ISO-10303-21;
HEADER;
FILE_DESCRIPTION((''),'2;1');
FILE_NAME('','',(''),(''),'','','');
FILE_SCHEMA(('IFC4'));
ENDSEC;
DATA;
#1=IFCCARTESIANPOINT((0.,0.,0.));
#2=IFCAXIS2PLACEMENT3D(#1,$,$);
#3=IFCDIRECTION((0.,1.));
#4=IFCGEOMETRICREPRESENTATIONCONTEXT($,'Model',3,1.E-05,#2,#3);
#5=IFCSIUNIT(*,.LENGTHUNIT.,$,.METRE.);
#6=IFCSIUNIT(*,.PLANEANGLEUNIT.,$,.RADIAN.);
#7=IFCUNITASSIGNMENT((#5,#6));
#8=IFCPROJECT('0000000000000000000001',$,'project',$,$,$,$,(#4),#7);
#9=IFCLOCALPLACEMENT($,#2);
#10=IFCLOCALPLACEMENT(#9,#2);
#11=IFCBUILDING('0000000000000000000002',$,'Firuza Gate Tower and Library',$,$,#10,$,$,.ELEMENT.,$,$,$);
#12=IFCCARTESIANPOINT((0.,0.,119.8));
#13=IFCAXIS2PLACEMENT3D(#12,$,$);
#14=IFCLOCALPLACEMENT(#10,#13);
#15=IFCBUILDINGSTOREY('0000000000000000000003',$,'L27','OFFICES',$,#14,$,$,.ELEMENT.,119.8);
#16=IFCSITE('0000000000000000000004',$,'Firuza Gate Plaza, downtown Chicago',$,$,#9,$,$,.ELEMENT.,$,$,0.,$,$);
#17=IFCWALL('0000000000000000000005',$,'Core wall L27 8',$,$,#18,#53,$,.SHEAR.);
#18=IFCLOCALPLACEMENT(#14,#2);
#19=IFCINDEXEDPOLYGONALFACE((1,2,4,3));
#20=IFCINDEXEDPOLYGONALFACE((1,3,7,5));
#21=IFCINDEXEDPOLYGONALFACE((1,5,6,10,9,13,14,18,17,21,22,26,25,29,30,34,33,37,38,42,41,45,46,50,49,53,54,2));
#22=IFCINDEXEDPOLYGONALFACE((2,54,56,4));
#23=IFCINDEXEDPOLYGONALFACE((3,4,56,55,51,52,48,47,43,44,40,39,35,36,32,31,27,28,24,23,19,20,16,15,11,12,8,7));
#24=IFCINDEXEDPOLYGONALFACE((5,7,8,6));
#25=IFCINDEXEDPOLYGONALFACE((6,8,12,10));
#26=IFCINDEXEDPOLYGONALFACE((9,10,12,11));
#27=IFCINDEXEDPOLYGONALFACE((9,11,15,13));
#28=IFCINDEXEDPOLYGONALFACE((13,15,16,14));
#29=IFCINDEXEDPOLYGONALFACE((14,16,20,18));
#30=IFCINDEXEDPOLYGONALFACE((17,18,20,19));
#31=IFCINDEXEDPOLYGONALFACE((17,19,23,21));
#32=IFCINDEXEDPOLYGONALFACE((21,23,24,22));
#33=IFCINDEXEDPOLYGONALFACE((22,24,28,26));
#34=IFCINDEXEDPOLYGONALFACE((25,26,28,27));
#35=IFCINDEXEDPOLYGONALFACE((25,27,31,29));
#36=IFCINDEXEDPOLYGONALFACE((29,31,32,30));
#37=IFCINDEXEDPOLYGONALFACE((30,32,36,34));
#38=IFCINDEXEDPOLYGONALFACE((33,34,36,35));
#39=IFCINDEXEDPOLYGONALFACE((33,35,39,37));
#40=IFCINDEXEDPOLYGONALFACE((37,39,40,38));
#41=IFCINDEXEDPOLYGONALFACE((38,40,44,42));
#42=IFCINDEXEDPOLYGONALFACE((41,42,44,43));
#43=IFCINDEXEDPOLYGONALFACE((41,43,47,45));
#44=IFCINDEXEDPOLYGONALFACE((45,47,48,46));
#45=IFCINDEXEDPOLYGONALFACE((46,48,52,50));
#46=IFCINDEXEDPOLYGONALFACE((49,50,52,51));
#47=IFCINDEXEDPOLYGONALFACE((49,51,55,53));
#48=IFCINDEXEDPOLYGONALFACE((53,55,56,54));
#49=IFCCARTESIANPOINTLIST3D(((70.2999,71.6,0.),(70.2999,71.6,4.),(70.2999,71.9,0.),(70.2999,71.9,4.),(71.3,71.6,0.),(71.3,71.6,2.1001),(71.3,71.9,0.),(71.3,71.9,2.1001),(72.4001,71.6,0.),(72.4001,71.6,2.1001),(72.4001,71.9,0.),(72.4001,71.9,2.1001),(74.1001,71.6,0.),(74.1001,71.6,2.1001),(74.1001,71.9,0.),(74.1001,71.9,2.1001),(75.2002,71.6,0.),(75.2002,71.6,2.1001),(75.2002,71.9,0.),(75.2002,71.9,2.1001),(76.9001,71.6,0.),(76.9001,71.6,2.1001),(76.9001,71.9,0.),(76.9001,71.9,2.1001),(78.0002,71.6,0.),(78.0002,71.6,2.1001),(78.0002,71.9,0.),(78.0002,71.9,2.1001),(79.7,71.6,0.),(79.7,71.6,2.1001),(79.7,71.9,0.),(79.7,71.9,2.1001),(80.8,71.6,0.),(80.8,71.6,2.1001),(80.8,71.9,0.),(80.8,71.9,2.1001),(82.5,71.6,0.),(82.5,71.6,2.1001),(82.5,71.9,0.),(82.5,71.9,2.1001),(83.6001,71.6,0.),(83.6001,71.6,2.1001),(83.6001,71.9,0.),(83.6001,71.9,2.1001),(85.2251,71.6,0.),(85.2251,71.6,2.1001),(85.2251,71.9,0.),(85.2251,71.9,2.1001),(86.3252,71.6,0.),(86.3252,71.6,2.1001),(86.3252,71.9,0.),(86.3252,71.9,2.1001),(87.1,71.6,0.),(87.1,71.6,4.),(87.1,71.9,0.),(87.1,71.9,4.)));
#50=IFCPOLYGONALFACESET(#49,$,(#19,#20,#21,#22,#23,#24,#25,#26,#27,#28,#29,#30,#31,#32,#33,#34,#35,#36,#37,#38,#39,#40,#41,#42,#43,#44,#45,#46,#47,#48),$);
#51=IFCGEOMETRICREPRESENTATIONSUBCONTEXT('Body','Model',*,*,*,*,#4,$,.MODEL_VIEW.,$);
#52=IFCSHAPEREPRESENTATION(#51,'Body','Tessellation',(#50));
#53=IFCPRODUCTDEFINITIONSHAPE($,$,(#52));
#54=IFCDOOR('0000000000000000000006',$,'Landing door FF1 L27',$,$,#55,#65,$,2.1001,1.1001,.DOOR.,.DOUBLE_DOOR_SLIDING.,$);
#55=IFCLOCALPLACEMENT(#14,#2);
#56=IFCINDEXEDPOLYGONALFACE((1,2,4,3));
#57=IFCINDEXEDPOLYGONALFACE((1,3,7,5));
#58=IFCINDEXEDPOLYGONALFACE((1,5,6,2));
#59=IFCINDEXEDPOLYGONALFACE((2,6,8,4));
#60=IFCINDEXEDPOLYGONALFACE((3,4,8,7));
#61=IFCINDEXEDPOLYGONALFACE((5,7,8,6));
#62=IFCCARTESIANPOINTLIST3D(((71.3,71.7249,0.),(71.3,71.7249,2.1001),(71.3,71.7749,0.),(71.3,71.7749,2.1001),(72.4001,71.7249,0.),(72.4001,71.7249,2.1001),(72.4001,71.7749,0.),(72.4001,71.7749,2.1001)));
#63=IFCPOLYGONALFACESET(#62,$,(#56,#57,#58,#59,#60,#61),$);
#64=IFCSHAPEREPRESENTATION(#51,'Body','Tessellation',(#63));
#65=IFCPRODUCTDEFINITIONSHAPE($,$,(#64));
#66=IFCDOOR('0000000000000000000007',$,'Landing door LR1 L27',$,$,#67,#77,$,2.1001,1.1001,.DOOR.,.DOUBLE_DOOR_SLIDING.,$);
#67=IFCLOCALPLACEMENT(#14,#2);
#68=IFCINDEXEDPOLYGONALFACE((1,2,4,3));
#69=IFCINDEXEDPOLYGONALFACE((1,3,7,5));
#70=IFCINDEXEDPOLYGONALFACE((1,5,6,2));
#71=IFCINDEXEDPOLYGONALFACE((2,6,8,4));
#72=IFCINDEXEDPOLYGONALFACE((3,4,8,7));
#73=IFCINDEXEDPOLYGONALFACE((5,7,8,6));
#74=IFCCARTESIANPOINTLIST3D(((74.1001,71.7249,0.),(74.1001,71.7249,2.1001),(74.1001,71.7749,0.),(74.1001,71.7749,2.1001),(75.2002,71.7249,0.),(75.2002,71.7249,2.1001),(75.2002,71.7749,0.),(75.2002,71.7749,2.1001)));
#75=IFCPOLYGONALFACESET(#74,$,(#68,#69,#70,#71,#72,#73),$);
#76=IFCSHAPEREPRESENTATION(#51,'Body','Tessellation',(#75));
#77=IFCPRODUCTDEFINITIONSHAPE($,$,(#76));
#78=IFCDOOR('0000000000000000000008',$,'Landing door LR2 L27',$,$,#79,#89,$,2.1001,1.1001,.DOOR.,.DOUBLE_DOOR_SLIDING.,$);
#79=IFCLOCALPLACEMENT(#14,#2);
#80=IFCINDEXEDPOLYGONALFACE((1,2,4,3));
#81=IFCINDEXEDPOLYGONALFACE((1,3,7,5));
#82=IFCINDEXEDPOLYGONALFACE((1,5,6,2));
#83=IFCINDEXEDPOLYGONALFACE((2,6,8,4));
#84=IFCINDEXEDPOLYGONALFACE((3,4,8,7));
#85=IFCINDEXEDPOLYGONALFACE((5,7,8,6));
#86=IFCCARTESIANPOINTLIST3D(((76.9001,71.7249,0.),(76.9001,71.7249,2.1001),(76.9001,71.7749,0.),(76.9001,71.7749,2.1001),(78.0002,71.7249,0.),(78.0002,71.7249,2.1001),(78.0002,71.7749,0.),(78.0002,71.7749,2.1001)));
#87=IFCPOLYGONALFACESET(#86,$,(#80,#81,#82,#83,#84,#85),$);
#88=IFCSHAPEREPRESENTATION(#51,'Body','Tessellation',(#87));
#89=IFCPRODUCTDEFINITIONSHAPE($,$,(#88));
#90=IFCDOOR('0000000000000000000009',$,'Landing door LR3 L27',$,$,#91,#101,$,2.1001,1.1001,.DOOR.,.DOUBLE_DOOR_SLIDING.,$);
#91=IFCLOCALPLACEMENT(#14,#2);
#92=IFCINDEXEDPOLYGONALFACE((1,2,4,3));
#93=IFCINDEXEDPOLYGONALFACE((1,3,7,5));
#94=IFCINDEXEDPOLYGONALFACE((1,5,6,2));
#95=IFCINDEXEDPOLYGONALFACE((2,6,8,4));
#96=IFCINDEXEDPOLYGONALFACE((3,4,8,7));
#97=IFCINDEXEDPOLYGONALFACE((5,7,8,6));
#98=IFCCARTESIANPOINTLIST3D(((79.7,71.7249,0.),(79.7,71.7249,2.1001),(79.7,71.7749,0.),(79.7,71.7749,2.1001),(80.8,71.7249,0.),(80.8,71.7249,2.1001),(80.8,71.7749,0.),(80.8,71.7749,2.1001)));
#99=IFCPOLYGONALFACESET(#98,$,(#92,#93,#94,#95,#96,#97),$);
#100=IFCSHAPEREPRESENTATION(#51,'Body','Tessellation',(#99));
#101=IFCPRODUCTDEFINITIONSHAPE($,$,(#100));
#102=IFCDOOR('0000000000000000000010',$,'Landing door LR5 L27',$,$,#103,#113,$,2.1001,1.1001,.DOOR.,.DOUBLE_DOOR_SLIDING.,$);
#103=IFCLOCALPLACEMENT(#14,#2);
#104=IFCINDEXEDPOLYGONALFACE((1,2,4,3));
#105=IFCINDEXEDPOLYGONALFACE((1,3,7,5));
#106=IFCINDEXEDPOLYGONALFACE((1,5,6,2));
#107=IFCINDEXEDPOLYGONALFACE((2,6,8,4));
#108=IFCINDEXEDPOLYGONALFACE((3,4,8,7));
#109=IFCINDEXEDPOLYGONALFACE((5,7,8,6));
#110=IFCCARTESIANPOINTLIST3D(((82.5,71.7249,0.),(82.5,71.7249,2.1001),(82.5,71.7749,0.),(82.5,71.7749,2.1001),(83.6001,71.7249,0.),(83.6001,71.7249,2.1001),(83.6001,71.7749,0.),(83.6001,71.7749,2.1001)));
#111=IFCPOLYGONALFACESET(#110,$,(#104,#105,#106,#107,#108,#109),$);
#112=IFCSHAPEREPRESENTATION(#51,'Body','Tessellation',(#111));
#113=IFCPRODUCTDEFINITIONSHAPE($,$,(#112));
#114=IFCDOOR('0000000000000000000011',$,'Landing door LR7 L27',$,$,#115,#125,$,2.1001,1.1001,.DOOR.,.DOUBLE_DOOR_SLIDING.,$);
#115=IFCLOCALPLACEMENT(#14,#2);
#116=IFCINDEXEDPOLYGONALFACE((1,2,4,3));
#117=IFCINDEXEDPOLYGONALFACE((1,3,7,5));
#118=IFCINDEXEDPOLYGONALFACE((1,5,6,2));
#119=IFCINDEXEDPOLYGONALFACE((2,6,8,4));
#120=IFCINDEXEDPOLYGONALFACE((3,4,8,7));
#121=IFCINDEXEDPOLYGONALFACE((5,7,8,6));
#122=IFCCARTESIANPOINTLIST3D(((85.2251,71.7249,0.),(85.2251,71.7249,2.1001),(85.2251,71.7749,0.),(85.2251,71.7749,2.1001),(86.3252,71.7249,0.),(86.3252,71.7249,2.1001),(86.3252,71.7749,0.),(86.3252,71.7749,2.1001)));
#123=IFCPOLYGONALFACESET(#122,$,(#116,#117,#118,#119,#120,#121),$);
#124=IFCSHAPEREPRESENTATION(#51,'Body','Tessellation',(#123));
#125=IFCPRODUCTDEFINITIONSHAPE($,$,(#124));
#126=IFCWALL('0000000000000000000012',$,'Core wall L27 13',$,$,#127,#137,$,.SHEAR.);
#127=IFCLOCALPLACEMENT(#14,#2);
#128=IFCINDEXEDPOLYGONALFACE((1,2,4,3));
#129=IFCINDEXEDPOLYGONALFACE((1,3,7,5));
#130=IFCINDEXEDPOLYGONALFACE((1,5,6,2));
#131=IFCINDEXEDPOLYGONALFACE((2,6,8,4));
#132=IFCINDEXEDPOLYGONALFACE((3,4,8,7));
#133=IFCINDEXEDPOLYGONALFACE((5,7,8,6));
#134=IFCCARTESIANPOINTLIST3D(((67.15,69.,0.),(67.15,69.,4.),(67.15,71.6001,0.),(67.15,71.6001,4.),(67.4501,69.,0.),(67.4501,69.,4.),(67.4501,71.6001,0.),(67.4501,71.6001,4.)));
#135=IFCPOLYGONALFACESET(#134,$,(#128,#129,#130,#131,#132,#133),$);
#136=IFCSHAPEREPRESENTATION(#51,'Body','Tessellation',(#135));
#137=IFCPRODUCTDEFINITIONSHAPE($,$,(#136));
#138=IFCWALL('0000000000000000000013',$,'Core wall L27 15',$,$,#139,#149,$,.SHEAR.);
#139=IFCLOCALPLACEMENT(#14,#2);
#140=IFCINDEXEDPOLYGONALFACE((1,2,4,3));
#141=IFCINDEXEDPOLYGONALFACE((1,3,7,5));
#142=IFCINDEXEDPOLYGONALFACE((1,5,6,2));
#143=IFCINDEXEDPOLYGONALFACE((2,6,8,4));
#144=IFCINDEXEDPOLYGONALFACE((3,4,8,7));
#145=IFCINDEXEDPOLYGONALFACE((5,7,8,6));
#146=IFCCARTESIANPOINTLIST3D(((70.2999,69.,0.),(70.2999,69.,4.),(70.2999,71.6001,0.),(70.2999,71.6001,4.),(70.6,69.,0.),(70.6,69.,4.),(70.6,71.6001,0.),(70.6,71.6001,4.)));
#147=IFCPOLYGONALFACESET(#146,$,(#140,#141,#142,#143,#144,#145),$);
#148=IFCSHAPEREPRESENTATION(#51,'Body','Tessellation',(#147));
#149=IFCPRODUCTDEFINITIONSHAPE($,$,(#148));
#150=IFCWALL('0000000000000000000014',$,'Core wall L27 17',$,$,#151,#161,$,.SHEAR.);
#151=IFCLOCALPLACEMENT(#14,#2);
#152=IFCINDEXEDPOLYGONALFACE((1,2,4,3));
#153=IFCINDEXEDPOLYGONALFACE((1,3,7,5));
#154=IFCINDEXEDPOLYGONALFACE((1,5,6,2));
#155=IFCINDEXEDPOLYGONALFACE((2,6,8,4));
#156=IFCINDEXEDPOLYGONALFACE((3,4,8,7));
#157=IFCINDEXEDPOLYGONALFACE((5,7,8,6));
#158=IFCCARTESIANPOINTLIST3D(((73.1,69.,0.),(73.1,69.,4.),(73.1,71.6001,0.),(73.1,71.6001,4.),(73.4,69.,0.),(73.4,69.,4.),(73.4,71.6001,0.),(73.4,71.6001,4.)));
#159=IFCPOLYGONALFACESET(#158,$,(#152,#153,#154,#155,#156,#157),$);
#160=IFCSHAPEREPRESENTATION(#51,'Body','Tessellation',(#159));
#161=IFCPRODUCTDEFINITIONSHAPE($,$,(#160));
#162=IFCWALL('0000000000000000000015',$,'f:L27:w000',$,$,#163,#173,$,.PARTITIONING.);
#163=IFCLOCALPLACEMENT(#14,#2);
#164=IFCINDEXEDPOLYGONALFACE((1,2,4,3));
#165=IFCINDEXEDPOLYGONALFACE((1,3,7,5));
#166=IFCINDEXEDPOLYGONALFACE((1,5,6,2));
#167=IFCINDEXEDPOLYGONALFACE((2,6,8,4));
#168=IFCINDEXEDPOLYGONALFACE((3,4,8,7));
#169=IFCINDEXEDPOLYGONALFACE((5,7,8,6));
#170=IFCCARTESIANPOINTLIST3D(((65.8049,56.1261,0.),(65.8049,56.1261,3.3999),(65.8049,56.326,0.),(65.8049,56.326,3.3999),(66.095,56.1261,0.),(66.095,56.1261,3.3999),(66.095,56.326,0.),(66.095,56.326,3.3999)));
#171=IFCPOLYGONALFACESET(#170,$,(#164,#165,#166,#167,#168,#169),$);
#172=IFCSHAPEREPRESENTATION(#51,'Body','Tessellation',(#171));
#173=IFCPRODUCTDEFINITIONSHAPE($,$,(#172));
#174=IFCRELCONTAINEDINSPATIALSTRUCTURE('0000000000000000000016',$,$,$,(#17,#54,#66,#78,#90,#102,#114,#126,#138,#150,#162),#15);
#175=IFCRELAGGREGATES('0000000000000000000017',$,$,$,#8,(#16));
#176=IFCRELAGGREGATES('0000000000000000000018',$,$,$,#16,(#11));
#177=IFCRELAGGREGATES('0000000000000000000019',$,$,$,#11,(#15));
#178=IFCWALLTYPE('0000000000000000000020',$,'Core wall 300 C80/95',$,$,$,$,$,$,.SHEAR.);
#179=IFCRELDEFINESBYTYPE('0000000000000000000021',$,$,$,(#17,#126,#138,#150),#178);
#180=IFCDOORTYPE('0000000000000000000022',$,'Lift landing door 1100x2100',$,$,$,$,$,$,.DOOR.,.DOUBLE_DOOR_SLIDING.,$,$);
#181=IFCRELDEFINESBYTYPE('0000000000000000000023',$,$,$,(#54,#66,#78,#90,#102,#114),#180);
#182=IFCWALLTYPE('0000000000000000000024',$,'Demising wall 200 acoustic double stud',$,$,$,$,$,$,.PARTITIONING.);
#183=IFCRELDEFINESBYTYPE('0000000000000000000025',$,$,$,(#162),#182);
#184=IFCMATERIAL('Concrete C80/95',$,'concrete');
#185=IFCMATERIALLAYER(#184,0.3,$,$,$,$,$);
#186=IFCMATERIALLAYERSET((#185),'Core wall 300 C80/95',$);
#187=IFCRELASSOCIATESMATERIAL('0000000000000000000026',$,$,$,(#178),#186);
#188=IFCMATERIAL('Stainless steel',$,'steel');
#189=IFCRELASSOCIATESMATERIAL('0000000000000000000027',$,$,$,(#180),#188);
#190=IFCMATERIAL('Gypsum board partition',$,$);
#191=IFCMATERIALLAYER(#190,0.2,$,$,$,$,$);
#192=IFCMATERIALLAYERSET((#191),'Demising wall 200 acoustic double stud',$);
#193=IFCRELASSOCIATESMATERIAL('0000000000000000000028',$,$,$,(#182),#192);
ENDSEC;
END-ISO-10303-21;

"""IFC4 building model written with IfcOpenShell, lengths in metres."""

from ifc_helpers import new_model, si_unit, direction, frame, frame_2d, origin, place, context, subcontext, project, spatial, rectangle, extrude, material, layer, layer_set, type_object, element, fill, save


model = new_model("IFC4")

# Units and contexts
model_context = context("Model", 3, precision=1e-05, world=origin(), true_north=direction((0.0, 1.0)))
body_context = subcontext(model_context, "Body", "Model", "MODEL_VIEW")
ifc_project = project(units=[si_unit("LENGTHUNIT", "METRE"), si_unit("PLANEANGLEUNIT", "RADIAN")], contexts=[model_context])

# Site, building, storey
site_placement = place(None, origin())
site = spatial("IfcSite", under=ifc_project, at=site_placement, Name="Firuza Gate Plaza, downtown Chicago", CompositionType="ELEMENT", RefElevation=0.0)
building_placement = place(site_placement, origin())
building = spatial("IfcBuilding", under=site, at=building_placement, Name="Firuza Gate Tower and Library", CompositionType="ELEMENT")
storey_placement = place(building_placement, frame((0.0, 0.0, 119.8)))
storey = spatial("IfcBuildingStorey", under=building, at=storey_placement, Name="L27", Description="OFFICES", CompositionType="ELEMENT", Elevation=119.8)

# Shared definitions
ifc_material_1 = material(Name="Concrete C80/95", Category="concrete")
ifc_layer_1 = layer(ifc_material_1, 0.3)
ifc_layer_set_1 = layer_set([ifc_layer_1], Name="Core wall 300 C80/95")
wall_type_1 = type_object("IfcWallType", Name="Core wall 300 C80/95", PredefinedType="SHEAR", material=ifc_layer_set_1)

# Wall, openings, doors
wall_1_placement = place(storey_placement, frame((70.3, 71.75, 0.0), z_axis=(0.0, 0.0, 1.0), x_axis=(1.0, 0.0, 0.0)))
wall_1 = element("IfcWall", 1, at=wall_1_placement, inside=storey, type_object=wall_type_1, Name="Core wall L27 8", PredefinedType="SHEAR", context=body_context, shape_type="SweptSolid", body=[
    extrude(rectangle(XDim=16.8, YDim=0.3, at=frame_2d((8.3999, 0.0))), origin(), (0.0, 0.0, 1.0), 4.0),
])
opening_1_placement = place(wall_1_placement, frame((1.0, 0.0, 0.0)))
opening_1 = element("IfcOpeningElement", 2, at=opening_1_placement, cuts=wall_1, PredefinedType="OPENING", context=body_context, shape_type="SweptSolid", body=[
    extrude(rectangle(XDim=1.1001, YDim=2.1001, at=frame_2d((0.55, 1.05))), frame((0.0, 0.1602, 0.0), z_axis=(0.0, -1.0, 0.0), x_axis=(1.0, 0.0, 0.0)), (0.0, 0.0, 1.0), 0.3201),
])
opening_2_placement = place(wall_1_placement, frame((3.8, 0.0, 0.0)))
opening_2 = element("IfcOpeningElement", 3, at=opening_2_placement, cuts=wall_1, PredefinedType="OPENING", context=body_context, shape_type="SweptSolid", body=[
    extrude(rectangle(XDim=1.1001, YDim=2.1001, at=frame_2d((0.55, 1.05))), frame((0.0, 0.1602, 0.0), z_axis=(0.0, -1.0, 0.0), x_axis=(1.0, 0.0, 0.0)), (0.0, 0.0, 1.0), 0.3201),
])
opening_3_placement = place(wall_1_placement, frame((6.6001, 0.0, 0.0)))
opening_3 = element("IfcOpeningElement", 4, at=opening_3_placement, cuts=wall_1, PredefinedType="OPENING", context=body_context, shape_type="SweptSolid", body=[
    extrude(rectangle(XDim=1.1001, YDim=2.1001, at=frame_2d((0.55, 1.05))), frame((0.0, 0.1602, 0.0), z_axis=(0.0, -1.0, 0.0), x_axis=(1.0, 0.0, 0.0)), (0.0, 0.0, 1.0), 0.3201),
])
opening_4_placement = place(wall_1_placement, frame((9.3999, 0.0, 0.0)))
opening_4 = element("IfcOpeningElement", 5, at=opening_4_placement, cuts=wall_1, PredefinedType="OPENING", context=body_context, shape_type="SweptSolid", body=[
    extrude(rectangle(XDim=1.1001, YDim=2.1001, at=frame_2d((0.55, 1.05))), frame((0.0, 0.1602, 0.0), z_axis=(0.0, -1.0, 0.0), x_axis=(1.0, 0.0, 0.0)), (0.0, 0.0, 1.0), 0.3201),
])
opening_5_placement = place(wall_1_placement, frame((12.2, 0.0, 0.0)))
opening_5 = element("IfcOpeningElement", 6, at=opening_5_placement, cuts=wall_1, PredefinedType="OPENING", context=body_context, shape_type="SweptSolid", body=[
    extrude(rectangle(XDim=1.1001, YDim=2.1001, at=frame_2d((0.55, 1.05))), frame((0.0, 0.1602, 0.0), z_axis=(0.0, -1.0, 0.0), x_axis=(1.0, 0.0, 0.0)), (0.0, 0.0, 1.0), 0.3201),
])
opening_6_placement = place(wall_1_placement, frame((14.925, 0.0, 0.0)))
opening_6 = element("IfcOpeningElement", 7, at=opening_6_placement, cuts=wall_1, PredefinedType="OPENING", context=body_context, shape_type="SweptSolid", body=[
    extrude(rectangle(XDim=1.1001, YDim=2.1001, at=frame_2d((0.55, 1.05))), frame((0.0, 0.1602, 0.0), z_axis=(0.0, -1.0, 0.0), x_axis=(1.0, 0.0, 0.0)), (0.0, 0.0, 1.0), 0.3201),
])
ifc_material_2 = material(Name="Stainless steel", Category="steel")
door_type = type_object("IfcDoorType", Name="Lift landing door 1100x2100", OperationType="DOUBLE_DOOR_SLIDING", PredefinedType="DOOR", material=ifc_material_2)
door_1_placement = place(opening_1_placement, origin())
door_1 = element("IfcDoor", 8, at=door_1_placement, inside=storey, type_object=door_type, Name="Landing door FF1 L27", OperationType="DOUBLE_DOOR_SLIDING", OverallHeight=2.1001, OverallWidth=1.1001, PredefinedType="DOOR", context=body_context, shape_type="SweptSolid", body=[
    extrude(rectangle(XDim=1.1001, YDim=2.1001, at=frame_2d((0.55, 1.05))), frame((0.0, 0.0249, 0.0), z_axis=(0.0, -1.0, 0.0), x_axis=(1.0, 0.0, 0.0)), (0.0, 0.0, 1.0), 0.05),
])
fill(opening_1, door_1)
door_2_placement = place(opening_2_placement, origin())
door_2 = element("IfcDoor", 9, at=door_2_placement, inside=storey, type_object=door_type, Name="Landing door LR1 L27", OperationType="DOUBLE_DOOR_SLIDING", OverallHeight=2.1001, OverallWidth=1.1001, PredefinedType="DOOR", context=body_context, shape_type="SweptSolid", body=[
    extrude(rectangle(XDim=1.1001, YDim=2.1001, at=frame_2d((0.55, 1.05))), frame((0.0, 0.0249, 0.0), z_axis=(0.0, -1.0, 0.0), x_axis=(1.0, 0.0, 0.0)), (0.0, 0.0, 1.0), 0.05),
])
fill(opening_2, door_2)
door_3_placement = place(opening_3_placement, origin())
door_3 = element("IfcDoor", 10, at=door_3_placement, inside=storey, type_object=door_type, Name="Landing door LR2 L27", OperationType="DOUBLE_DOOR_SLIDING", OverallHeight=2.1001, OverallWidth=1.1001, PredefinedType="DOOR", context=body_context, shape_type="SweptSolid", body=[
    extrude(rectangle(XDim=1.1001, YDim=2.1001, at=frame_2d((0.55, 1.05))), frame((0.0, 0.0249, 0.0), z_axis=(0.0, -1.0, 0.0), x_axis=(1.0, 0.0, 0.0)), (0.0, 0.0, 1.0), 0.05),
])
fill(opening_3, door_3)
door_4_placement = place(opening_4_placement, origin())
door_4 = element("IfcDoor", 11, at=door_4_placement, inside=storey, type_object=door_type, Name="Landing door LR3 L27", OperationType="DOUBLE_DOOR_SLIDING", OverallHeight=2.1001, OverallWidth=1.1001, PredefinedType="DOOR", context=body_context, shape_type="SweptSolid", body=[
    extrude(rectangle(XDim=1.1001, YDim=2.1001, at=frame_2d((0.55, 1.05))), frame((0.0, 0.0249, 0.0), z_axis=(0.0, -1.0, 0.0), x_axis=(1.0, 0.0, 0.0)), (0.0, 0.0, 1.0), 0.05),
])
fill(opening_4, door_4)
door_5_placement = place(opening_5_placement, origin())
door_5 = element("IfcDoor", 12, at=door_5_placement, inside=storey, type_object=door_type, Name="Landing door LR5 L27", OperationType="DOUBLE_DOOR_SLIDING", OverallHeight=2.1001, OverallWidth=1.1001, PredefinedType="DOOR", context=body_context, shape_type="SweptSolid", body=[
    extrude(rectangle(XDim=1.1001, YDim=2.1001, at=frame_2d((0.55, 1.05))), frame((0.0, 0.0249, 0.0), z_axis=(0.0, -1.0, 0.0), x_axis=(1.0, 0.0, 0.0)), (0.0, 0.0, 1.0), 0.05),
])
fill(opening_5, door_5)
door_6_placement = place(opening_6_placement, origin())
door_6 = element("IfcDoor", 13, at=door_6_placement, inside=storey, type_object=door_type, Name="Landing door LR7 L27", OperationType="DOUBLE_DOOR_SLIDING", OverallHeight=2.1001, OverallWidth=1.1001, PredefinedType="DOOR", context=body_context, shape_type="SweptSolid", body=[
    extrude(rectangle(XDim=1.1001, YDim=2.1001, at=frame_2d((0.55, 1.05))), frame((0.0, 0.0249, 0.0), z_axis=(0.0, -1.0, 0.0), x_axis=(1.0, 0.0, 0.0)), (0.0, 0.0, 1.0), 0.05),
])
fill(opening_6, door_6)

# Walls
for number, where, z_axis, x_axis, name in (
    (14, (67.3, 69.0, 0.0), (0.0, 0.0, 1.0), (0.0, 1.0, 0.0), "Core wall L27 13"),
    (15, (70.45, 69.0, 0.0), (0.0, 0.0, 1.0), (0.0, 1.0, 0.0), "Core wall L27 15"),
    (16, (73.25, 69.0, 0.0), (0.0, 0.0, 1.0), (0.0, 1.0, 0.0), "Core wall L27 17"),
):
    element("IfcWall", number, at=place(storey_placement, frame(where, z_axis=z_axis, x_axis=x_axis)), inside=storey, type_object=wall_type_1, Name=name, PredefinedType="SHEAR", context=body_context, shape_type="SweptSolid", body=[
        extrude(rectangle(XDim=2.6001, YDim=0.3, at=frame_2d((1.3, 0.0))), origin(), (0.0, 0.0, 1.0), 4.0),
    ])
ifc_material_3 = material(Name="Gypsum board partition")
ifc_layer_2 = layer(ifc_material_3, 0.2)
ifc_layer_set_2 = layer_set([ifc_layer_2], Name="Demising wall 200 acoustic double stud")
wall_type_2 = type_object("IfcWallType", Name="Demising wall 200 acoustic double stud", PredefinedType="PARTITIONING", material=ifc_layer_set_2)
wall_2_placement = place(storey_placement, frame((65.8049, 56.2261, 0.0), z_axis=(0.0, 0.0, 1.0), x_axis=(1.0, 0.0, 0.0)))
element("IfcWall", 17, at=wall_2_placement, inside=storey, type_object=wall_type_2, Name="f:L27:w000", PredefinedType="PARTITIONING", context=body_context, shape_type="SweptSolid", body=[
    extrude(rectangle(XDim=0.29, YDim=0.2, at=frame_2d((0.145, 0.0))), origin(), (0.0, 0.0, 1.0), 3.3999),
])

save(model, "model.ifc")
